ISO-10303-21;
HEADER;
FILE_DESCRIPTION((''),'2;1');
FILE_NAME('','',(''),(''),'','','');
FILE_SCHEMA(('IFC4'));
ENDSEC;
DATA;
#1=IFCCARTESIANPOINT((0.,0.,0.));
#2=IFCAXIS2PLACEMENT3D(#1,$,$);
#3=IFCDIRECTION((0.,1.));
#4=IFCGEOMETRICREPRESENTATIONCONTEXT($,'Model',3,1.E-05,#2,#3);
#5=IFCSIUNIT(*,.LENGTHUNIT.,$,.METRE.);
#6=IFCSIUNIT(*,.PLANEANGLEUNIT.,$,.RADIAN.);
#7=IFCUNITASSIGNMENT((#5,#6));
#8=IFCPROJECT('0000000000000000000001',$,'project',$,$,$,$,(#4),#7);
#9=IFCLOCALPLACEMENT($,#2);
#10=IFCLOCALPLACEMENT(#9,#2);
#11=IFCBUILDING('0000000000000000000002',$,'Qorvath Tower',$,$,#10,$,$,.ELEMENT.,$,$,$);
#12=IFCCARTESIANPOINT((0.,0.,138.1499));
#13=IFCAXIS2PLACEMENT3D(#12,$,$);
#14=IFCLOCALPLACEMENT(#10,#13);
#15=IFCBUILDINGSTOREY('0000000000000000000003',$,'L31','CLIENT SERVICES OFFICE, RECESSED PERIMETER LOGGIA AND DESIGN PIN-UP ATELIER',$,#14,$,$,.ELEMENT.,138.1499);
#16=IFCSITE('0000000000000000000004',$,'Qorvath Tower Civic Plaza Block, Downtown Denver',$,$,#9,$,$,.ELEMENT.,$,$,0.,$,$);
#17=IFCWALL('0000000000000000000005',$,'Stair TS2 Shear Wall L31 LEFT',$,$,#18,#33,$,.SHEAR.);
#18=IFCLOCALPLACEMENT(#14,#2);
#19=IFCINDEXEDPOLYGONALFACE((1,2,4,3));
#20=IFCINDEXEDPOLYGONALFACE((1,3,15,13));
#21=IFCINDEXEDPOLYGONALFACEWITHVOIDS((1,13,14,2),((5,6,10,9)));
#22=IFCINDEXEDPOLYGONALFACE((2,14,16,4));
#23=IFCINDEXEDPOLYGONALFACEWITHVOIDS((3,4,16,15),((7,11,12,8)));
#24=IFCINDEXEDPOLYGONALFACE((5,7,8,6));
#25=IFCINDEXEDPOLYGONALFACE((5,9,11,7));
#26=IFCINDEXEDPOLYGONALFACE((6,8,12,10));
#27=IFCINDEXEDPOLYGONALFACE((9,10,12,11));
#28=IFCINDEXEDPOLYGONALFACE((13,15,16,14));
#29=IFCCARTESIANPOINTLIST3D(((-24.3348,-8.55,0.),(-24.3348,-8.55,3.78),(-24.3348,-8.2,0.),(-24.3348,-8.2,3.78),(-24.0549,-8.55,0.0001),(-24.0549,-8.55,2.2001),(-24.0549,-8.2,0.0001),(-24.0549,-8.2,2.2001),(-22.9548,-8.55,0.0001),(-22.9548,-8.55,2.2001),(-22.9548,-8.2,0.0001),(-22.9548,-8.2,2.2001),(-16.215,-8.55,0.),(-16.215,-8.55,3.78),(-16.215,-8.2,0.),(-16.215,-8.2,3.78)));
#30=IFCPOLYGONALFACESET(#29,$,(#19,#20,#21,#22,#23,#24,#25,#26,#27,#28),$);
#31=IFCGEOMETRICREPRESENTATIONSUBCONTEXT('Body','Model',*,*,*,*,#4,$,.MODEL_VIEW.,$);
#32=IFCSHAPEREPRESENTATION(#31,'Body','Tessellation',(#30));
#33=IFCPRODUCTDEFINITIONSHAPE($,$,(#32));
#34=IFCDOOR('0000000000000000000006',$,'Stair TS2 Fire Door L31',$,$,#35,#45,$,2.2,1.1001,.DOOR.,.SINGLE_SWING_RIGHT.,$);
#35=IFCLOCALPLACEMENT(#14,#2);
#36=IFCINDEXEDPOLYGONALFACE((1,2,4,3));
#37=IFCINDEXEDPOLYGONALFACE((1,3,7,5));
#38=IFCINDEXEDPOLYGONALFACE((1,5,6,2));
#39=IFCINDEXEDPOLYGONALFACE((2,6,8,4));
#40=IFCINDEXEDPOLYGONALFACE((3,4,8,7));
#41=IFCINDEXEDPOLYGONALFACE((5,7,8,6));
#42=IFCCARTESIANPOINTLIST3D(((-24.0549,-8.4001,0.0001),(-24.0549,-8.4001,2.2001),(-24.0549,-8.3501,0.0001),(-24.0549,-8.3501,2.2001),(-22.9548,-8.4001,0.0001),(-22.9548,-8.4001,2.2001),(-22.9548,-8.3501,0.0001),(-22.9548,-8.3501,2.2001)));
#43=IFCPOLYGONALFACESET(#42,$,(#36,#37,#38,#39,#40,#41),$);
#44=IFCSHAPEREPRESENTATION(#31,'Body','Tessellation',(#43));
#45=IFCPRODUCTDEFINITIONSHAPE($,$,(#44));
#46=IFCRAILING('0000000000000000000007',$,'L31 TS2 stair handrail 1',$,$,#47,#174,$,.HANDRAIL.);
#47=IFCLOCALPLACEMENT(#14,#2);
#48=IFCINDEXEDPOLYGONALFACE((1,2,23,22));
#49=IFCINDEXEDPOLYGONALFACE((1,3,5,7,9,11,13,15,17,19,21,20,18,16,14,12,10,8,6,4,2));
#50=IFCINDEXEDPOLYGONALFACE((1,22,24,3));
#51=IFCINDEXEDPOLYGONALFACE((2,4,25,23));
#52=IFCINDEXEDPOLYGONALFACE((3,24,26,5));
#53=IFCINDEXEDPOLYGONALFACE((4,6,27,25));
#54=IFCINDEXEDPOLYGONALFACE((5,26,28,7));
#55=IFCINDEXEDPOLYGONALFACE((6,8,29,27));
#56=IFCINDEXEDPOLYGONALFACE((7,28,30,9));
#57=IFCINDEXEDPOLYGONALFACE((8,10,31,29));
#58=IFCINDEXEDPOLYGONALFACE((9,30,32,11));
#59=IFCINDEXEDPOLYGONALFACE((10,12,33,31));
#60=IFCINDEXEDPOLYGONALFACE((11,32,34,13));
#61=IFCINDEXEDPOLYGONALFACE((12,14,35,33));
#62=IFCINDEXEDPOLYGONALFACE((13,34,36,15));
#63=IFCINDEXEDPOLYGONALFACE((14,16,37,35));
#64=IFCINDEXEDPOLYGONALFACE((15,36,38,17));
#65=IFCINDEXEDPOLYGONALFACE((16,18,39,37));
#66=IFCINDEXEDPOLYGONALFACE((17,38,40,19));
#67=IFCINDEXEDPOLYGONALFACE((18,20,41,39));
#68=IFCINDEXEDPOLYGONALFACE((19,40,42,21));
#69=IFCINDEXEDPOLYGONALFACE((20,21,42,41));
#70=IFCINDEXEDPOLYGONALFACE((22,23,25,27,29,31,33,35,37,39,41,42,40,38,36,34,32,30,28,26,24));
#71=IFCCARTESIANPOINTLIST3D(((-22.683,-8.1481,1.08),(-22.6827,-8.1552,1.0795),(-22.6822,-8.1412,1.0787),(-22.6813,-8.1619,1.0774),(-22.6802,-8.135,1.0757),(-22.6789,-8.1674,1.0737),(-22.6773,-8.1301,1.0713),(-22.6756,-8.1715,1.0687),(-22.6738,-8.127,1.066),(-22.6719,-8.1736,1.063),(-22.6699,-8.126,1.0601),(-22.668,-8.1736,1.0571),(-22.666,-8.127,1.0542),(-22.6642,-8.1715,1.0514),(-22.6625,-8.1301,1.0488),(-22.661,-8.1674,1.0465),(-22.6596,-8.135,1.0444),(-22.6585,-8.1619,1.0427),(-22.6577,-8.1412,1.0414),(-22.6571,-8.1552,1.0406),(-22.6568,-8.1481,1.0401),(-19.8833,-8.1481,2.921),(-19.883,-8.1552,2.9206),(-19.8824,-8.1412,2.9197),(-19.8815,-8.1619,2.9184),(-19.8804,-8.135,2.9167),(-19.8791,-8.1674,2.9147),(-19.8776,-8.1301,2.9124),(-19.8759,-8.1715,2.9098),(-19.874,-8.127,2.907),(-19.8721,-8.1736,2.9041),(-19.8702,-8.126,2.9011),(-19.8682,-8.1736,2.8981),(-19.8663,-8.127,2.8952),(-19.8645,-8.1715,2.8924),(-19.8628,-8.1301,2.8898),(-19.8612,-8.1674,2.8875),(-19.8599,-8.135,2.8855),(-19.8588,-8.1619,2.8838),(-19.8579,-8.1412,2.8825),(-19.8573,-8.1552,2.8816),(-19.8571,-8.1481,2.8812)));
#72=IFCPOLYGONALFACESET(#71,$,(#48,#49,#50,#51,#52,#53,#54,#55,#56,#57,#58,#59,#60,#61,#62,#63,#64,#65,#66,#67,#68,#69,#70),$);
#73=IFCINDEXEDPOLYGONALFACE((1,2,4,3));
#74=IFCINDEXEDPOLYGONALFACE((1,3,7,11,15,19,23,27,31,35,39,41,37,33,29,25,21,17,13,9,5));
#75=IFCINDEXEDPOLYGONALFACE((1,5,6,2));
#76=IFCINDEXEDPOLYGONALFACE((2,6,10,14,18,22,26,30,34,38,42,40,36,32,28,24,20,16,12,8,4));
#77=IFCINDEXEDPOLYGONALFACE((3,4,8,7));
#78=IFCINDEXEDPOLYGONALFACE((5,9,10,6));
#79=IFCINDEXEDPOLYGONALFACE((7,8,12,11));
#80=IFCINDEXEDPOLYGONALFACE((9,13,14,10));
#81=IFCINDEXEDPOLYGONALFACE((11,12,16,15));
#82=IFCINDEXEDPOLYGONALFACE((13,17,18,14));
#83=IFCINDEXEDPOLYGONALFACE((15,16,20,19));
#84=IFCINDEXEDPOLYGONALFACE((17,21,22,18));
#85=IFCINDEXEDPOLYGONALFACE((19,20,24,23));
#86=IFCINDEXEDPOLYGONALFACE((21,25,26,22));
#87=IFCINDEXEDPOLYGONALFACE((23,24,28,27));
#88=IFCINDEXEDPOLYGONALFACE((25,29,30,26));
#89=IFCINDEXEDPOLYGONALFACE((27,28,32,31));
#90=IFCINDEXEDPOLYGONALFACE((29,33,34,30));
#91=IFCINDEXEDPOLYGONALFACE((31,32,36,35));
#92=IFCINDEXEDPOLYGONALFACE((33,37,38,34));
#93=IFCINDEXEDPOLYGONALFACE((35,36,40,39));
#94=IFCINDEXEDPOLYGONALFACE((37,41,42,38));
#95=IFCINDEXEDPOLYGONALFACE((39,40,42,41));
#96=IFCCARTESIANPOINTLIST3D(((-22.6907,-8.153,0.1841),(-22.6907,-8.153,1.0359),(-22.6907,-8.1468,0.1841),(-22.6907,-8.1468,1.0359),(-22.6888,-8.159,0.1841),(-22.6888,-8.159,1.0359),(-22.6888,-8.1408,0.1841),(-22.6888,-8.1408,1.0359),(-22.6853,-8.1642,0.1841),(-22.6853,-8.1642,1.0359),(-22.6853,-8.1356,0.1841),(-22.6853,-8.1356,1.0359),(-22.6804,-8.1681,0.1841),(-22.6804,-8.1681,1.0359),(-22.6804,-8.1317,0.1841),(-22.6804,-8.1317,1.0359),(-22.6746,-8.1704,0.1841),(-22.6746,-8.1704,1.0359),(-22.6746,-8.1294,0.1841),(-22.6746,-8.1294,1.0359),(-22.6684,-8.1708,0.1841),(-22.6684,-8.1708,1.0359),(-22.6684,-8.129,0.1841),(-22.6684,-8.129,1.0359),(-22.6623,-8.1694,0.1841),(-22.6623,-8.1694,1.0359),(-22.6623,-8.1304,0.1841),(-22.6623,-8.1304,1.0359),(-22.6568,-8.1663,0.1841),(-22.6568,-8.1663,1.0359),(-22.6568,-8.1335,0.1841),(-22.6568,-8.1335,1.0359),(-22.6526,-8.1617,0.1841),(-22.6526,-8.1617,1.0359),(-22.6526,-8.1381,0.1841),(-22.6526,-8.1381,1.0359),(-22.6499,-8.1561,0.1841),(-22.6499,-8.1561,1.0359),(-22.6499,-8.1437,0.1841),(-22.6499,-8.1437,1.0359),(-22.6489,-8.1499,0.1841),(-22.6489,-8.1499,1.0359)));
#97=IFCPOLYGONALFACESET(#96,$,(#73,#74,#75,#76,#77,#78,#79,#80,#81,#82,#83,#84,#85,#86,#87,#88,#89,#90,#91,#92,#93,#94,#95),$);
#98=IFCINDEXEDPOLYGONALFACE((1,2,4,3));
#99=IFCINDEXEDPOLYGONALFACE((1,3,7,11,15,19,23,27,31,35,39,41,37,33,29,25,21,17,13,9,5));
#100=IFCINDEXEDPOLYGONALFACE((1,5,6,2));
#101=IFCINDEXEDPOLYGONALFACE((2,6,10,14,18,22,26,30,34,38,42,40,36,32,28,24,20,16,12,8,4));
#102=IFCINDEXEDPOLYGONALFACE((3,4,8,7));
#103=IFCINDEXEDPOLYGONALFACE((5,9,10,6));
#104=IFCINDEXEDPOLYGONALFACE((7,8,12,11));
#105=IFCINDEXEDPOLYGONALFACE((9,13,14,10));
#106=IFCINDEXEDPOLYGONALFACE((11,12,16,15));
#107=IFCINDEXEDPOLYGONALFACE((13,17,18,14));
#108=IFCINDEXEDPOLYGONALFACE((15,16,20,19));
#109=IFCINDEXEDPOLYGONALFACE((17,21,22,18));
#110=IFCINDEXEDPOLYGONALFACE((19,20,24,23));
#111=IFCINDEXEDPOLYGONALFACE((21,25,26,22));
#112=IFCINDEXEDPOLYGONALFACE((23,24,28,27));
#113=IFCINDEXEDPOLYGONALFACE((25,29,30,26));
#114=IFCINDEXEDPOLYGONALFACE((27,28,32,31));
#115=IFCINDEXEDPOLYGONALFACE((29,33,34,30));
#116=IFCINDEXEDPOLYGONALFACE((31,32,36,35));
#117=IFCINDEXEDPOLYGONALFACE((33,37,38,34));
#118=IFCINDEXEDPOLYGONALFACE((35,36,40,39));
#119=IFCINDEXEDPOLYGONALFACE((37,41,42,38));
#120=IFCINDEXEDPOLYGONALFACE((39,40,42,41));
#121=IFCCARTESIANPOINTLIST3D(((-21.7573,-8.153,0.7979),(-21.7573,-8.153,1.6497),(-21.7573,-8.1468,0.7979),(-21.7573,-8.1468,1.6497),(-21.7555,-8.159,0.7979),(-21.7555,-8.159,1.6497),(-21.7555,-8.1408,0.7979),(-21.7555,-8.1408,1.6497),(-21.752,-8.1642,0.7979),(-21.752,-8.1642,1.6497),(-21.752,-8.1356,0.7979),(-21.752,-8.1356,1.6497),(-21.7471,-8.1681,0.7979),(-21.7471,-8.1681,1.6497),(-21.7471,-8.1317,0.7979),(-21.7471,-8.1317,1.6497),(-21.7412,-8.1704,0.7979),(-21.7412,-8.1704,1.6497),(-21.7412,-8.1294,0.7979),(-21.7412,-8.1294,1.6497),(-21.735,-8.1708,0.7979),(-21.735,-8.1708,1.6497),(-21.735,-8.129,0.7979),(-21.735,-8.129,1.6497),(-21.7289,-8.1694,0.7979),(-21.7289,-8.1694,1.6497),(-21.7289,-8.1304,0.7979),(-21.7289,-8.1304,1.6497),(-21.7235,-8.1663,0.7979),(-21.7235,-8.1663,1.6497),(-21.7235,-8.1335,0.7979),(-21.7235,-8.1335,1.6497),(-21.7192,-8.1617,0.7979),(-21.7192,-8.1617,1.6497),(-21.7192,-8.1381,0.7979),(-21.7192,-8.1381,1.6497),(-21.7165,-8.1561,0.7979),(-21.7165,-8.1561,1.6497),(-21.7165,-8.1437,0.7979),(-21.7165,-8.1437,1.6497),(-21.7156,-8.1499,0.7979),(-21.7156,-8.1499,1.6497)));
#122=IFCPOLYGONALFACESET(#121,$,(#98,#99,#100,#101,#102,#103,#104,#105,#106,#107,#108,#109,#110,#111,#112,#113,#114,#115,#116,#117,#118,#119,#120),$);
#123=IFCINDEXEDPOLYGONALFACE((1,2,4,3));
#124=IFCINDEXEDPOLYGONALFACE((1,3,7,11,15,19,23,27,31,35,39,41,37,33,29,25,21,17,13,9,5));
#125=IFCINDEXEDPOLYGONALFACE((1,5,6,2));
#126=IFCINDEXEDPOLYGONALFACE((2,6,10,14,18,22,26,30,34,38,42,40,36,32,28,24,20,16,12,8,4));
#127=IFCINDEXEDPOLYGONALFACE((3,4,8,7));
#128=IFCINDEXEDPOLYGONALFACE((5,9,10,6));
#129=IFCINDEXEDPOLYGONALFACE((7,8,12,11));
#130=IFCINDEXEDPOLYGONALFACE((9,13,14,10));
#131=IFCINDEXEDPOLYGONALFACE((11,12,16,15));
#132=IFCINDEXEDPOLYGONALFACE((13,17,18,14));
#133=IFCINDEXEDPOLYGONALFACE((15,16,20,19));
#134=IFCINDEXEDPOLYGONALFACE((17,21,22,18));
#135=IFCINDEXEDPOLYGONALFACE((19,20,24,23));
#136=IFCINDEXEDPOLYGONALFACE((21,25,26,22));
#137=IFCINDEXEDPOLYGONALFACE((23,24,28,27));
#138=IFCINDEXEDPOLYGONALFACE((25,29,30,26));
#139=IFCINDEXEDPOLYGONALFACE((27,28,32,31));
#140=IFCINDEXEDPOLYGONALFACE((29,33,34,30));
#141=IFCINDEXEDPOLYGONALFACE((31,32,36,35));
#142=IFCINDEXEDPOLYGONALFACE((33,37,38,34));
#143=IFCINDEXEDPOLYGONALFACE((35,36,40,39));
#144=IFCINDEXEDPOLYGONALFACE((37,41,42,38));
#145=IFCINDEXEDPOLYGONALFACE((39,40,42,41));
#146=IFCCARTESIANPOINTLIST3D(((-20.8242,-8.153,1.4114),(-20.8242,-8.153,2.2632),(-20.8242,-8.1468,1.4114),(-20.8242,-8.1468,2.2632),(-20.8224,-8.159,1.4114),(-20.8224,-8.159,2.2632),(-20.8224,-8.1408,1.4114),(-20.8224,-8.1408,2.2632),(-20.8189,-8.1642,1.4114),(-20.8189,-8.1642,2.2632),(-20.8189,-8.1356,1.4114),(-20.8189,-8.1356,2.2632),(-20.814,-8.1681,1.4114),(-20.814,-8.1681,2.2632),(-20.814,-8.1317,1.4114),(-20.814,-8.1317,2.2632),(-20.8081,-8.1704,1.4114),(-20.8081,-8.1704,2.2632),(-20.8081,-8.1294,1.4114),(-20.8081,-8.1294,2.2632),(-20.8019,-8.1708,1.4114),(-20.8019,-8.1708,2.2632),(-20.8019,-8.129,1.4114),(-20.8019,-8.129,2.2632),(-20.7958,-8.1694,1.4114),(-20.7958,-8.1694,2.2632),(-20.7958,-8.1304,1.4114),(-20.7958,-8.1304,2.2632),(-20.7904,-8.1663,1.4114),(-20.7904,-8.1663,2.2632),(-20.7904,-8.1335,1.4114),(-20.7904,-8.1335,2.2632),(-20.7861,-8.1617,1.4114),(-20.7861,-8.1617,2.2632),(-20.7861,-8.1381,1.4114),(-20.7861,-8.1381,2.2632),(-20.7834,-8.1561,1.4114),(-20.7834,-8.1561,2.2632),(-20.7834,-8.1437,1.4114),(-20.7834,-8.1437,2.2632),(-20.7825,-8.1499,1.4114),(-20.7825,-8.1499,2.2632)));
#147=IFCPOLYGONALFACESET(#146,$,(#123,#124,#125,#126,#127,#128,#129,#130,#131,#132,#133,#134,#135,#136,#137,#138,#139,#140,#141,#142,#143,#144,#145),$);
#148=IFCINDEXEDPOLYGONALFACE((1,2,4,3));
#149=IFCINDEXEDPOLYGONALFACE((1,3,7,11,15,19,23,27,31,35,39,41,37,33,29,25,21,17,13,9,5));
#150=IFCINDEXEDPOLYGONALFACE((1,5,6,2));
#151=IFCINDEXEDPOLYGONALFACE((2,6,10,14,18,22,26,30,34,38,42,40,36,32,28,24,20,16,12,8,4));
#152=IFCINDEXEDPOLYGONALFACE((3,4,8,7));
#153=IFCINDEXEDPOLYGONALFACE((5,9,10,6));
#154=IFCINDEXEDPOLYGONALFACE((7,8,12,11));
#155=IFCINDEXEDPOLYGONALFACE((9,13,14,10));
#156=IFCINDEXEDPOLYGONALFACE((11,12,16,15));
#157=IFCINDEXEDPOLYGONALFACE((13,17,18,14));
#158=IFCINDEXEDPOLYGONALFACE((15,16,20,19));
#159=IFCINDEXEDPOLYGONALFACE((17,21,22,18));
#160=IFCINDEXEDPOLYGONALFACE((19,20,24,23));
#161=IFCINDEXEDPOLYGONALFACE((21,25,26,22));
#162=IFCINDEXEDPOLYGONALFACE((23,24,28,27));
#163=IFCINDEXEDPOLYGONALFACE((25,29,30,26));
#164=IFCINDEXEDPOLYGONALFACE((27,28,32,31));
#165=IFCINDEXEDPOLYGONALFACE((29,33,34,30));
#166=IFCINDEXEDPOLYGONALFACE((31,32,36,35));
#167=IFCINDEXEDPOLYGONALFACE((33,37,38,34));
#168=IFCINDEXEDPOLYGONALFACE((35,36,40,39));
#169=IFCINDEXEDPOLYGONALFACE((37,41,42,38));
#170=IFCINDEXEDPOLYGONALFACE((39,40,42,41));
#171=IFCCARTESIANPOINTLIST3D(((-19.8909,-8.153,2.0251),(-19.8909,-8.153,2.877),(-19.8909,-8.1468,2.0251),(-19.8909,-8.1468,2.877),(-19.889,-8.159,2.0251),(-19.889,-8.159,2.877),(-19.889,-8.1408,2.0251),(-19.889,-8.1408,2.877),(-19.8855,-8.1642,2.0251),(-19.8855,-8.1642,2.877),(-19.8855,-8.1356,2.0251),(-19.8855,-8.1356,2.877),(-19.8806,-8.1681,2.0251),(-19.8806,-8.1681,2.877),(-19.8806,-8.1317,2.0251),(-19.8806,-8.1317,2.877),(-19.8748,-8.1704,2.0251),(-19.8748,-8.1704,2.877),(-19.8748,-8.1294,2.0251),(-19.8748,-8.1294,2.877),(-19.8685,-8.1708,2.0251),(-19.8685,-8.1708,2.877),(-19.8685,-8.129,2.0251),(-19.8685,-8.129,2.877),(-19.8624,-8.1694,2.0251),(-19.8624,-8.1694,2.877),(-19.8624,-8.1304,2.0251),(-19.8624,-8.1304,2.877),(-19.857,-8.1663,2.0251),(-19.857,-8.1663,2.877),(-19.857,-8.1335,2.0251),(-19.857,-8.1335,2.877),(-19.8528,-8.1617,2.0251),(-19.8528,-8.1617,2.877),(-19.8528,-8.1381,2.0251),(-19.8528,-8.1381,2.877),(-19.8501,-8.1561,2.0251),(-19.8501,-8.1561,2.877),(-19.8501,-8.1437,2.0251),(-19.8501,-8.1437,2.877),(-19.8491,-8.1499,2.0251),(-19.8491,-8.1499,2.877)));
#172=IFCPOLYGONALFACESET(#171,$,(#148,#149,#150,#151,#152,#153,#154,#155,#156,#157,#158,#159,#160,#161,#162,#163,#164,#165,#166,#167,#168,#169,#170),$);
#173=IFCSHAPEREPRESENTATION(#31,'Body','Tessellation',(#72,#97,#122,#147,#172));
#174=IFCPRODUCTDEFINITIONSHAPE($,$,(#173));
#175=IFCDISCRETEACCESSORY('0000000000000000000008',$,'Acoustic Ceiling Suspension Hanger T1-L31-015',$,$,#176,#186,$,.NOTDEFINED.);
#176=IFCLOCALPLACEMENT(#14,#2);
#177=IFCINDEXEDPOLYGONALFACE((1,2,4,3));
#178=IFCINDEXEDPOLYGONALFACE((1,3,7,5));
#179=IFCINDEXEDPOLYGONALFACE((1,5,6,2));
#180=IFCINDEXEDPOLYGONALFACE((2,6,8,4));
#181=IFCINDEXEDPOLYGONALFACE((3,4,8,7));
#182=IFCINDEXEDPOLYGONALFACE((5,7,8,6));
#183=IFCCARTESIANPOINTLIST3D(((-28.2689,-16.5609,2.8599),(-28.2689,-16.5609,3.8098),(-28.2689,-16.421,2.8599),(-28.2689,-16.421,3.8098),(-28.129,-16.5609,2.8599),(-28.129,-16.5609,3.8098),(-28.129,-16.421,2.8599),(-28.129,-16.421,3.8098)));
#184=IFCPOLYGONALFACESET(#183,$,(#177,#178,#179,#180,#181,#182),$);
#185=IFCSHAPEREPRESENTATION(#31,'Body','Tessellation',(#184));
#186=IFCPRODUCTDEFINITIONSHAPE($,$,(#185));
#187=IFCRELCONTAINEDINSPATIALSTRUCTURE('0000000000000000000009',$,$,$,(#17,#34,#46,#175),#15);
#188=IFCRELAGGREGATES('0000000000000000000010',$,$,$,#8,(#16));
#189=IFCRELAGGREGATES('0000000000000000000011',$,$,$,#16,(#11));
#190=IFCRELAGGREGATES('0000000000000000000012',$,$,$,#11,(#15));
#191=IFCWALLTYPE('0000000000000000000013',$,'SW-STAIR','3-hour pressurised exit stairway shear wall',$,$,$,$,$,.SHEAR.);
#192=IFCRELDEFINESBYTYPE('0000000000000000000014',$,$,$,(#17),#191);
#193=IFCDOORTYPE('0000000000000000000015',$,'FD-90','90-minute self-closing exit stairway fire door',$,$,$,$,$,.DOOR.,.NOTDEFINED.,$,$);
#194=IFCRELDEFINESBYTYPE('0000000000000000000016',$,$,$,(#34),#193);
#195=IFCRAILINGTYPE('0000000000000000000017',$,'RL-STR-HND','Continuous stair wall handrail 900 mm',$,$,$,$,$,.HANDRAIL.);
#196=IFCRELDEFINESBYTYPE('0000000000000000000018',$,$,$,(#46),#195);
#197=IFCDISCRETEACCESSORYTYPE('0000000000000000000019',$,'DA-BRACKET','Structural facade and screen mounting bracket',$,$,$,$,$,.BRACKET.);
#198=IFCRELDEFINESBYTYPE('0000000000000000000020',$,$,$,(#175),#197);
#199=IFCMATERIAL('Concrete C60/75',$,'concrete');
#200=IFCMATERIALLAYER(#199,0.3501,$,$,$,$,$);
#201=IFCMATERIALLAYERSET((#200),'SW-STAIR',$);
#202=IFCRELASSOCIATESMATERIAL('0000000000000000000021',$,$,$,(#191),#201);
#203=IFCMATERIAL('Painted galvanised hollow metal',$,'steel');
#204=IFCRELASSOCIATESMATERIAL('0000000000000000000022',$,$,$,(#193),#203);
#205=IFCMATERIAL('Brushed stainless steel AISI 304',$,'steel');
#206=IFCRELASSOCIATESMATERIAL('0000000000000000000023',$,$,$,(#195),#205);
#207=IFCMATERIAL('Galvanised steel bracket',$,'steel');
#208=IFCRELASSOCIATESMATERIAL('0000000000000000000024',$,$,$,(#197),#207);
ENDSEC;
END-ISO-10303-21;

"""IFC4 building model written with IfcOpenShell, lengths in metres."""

from ifc_helpers import new_model, si_unit, direction, frame, frame_2d, origin, origin_2d, place, context, subcontext, project, spatial, rectangle, circle, extrude, material, layer, layer_set, type_object, element, fill, save


model = new_model("IFC4")

# Units and contexts
model_context = context("Model", 3, precision=1e-05, world=origin(), true_north=direction((0.0, 1.0)))
body_context = subcontext(model_context, "Body", "Model", "MODEL_VIEW")
ifc_project = project(units=[si_unit("LENGTHUNIT", "METRE"), si_unit("PLANEANGLEUNIT", "RADIAN")], contexts=[model_context])

# Site, building, storey
site_placement = place(None, origin())
site = spatial("IfcSite", under=ifc_project, at=site_placement, Name="Qorvath Tower Civic Plaza Block, Downtown Denver", CompositionType="ELEMENT", RefElevation=0.0)
building_placement = place(site_placement, origin())
building = spatial("IfcBuilding", under=site, at=building_placement, Name="Qorvath Tower", CompositionType="ELEMENT")
storey_placement = place(building_placement, frame((0.0, 0.0, 138.1499)))
storey = spatial("IfcBuildingStorey", under=building, at=storey_placement, Name="L31", Description="CLIENT SERVICES OFFICE, RECESSED PERIMETER LOGGIA AND DESIGN PIN-UP ATELIER", CompositionType="ELEMENT", Elevation=138.1499)

# Wall, opening, door
ifc_material_1 = material(Name="Concrete C60/75", Category="concrete")
ifc_layer_1 = layer(ifc_material_1, 0.3501)
ifc_layer_set_1 = layer_set([ifc_layer_1], Name="SW-STAIR")
wall_type_1 = type_object("IfcWallType", Name="SW-STAIR", Description="3-hour pressurised exit stairway shear wall", PredefinedType="SHEAR", material=ifc_layer_set_1)
wall_1_placement = place(storey_placement, frame((-24.335, -8.375, 0.0), z_axis=(0.0, 0.0, 1.0), x_axis=(1.0, 0.0, 0.0)))
wall_1 = element("IfcWall", 1, at=wall_1_placement, inside=storey, type_object=wall_type_1, Name="Stair TS2 Shear Wall L31 LEFT", PredefinedType="SHEAR", context=body_context, shape_type="SweptSolid", body=[
    extrude(rectangle(XDim=8.1199, YDim=0.3501, at=frame_2d((4.0601, 0.0))), origin(), (0.0, 0.0, 1.0), 3.78),
])
opening_1_placement = place(wall_1_placement, frame((0.28, 0.0, 0.0)))
opening_1 = element("IfcOpeningElement", 2, at=opening_1_placement, cuts=wall_1, PredefinedType="OPENING", context=body_context, shape_type="SweptSolid", body=[
    extrude(rectangle(XDim=1.1001, YDim=2.2, at=frame_2d((0.55, 1.1001))), frame((0.0, 0.1851, 0.0), z_axis=(0.0, -1.0, 0.0), x_axis=(1.0, 0.0, 0.0)), (0.0, 0.0, 1.0), 0.3701),
])
ifc_material_2 = material(Name="Painted galvanised hollow metal", Category="steel")
door_type_1 = type_object("IfcDoorType", Name="FD-90", Description="90-minute self-closing exit stairway fire door", OperationType="NOTDEFINED", PredefinedType="DOOR", material=ifc_material_2)
door_1_placement = place(opening_1_placement, origin())
door_1 = element("IfcDoor", 3, at=door_1_placement, inside=storey, type_object=door_type_1, Name="Stair TS2 Fire Door L31", OperationType="SINGLE_SWING_RIGHT", OverallHeight=2.2, OverallWidth=1.1001, PredefinedType="DOOR", context=body_context, shape_type="SweptSolid", body=[
    extrude(rectangle(XDim=1.1001, YDim=2.2, at=frame_2d((0.55, 1.1001))), frame((0.0, 0.0249, 0.0), z_axis=(0.0, -1.0, 0.0), x_axis=(1.0, 0.0, 0.0)), (0.0, 0.0, 1.0), 0.05),
])
fill(opening_1, door_1)

# Railing
ifc_material_3 = material(Name="Brushed stainless steel AISI 304", Category="steel")
railing_type = type_object("IfcRailingType", Name="RL-STR-HND", Description="Continuous stair wall handrail 900 mm", PredefinedType="HANDRAIL", material=ifc_material_3)
railing_placement = place(storey_placement, frame((-22.6699, -8.1499, 0.1841)))
element("IfcRailing", 4, at=railing_placement, inside=storey, type_object=railing_type, Name="L31 TS2 stair handrail 1", PredefinedType="HANDRAIL", context=body_context, shape_type="SweptSolid", body=[
    extrude(circle(Radius=0.0239, at=origin_2d()), frame((0.0, 0.0, 0.876), z_axis=(0.835542, 0.0, 0.549426), x_axis=(0.0, 1.0, 0.0)), (0.0, 0.0, 1.0), 3.3508),
    extrude(circle(Radius=0.021, at=origin_2d()), origin(), (0.0, 0.0, 1.0), 0.8518),
    extrude(circle(Radius=0.021, at=origin_2d()), frame((0.9333, 0.0, 0.6138)), (0.0, 0.0, 1.0), 0.8518),
    extrude(circle(Radius=0.021, at=origin_2d()), frame((1.8665, 0.0, 1.2273)), (0.0, 0.0, 1.0), 0.8518),
    extrude(circle(Radius=0.021, at=origin_2d()), frame((2.7998, 0.0, 1.8411)), (0.0, 0.0, 1.0), 0.8518),
])

# Discrete accessory
ifc_material_4 = material(Name="Galvanised steel bracket", Category="steel")
discrete_accessory_type = type_object("IfcDiscreteAccessoryType", Name="DA-BRACKET", Description="Structural facade and screen mounting bracket", PredefinedType="BRACKET", material=ifc_material_4)
discrete_accessory_placement = place(storey_placement, frame((-28.199, -16.491, 2.8599), z_axis=(0.0, 0.0, 1.0), x_axis=(1.0, 0.0, 0.0)))
element("IfcDiscreteAccessory", 5, at=discrete_accessory_placement, inside=storey, type_object=discrete_accessory_type, Name="Acoustic Ceiling Suspension Hanger T1-L31-015", PredefinedType="NOTDEFINED", context=body_context, shape_type="SweptSolid", body=[
    extrude(rectangle(XDim=0.1399, YDim=0.1399, at=origin_2d()), origin(), (0.0, 0.0, 1.0), 0.95),
])

save(model, "model.ifc")
